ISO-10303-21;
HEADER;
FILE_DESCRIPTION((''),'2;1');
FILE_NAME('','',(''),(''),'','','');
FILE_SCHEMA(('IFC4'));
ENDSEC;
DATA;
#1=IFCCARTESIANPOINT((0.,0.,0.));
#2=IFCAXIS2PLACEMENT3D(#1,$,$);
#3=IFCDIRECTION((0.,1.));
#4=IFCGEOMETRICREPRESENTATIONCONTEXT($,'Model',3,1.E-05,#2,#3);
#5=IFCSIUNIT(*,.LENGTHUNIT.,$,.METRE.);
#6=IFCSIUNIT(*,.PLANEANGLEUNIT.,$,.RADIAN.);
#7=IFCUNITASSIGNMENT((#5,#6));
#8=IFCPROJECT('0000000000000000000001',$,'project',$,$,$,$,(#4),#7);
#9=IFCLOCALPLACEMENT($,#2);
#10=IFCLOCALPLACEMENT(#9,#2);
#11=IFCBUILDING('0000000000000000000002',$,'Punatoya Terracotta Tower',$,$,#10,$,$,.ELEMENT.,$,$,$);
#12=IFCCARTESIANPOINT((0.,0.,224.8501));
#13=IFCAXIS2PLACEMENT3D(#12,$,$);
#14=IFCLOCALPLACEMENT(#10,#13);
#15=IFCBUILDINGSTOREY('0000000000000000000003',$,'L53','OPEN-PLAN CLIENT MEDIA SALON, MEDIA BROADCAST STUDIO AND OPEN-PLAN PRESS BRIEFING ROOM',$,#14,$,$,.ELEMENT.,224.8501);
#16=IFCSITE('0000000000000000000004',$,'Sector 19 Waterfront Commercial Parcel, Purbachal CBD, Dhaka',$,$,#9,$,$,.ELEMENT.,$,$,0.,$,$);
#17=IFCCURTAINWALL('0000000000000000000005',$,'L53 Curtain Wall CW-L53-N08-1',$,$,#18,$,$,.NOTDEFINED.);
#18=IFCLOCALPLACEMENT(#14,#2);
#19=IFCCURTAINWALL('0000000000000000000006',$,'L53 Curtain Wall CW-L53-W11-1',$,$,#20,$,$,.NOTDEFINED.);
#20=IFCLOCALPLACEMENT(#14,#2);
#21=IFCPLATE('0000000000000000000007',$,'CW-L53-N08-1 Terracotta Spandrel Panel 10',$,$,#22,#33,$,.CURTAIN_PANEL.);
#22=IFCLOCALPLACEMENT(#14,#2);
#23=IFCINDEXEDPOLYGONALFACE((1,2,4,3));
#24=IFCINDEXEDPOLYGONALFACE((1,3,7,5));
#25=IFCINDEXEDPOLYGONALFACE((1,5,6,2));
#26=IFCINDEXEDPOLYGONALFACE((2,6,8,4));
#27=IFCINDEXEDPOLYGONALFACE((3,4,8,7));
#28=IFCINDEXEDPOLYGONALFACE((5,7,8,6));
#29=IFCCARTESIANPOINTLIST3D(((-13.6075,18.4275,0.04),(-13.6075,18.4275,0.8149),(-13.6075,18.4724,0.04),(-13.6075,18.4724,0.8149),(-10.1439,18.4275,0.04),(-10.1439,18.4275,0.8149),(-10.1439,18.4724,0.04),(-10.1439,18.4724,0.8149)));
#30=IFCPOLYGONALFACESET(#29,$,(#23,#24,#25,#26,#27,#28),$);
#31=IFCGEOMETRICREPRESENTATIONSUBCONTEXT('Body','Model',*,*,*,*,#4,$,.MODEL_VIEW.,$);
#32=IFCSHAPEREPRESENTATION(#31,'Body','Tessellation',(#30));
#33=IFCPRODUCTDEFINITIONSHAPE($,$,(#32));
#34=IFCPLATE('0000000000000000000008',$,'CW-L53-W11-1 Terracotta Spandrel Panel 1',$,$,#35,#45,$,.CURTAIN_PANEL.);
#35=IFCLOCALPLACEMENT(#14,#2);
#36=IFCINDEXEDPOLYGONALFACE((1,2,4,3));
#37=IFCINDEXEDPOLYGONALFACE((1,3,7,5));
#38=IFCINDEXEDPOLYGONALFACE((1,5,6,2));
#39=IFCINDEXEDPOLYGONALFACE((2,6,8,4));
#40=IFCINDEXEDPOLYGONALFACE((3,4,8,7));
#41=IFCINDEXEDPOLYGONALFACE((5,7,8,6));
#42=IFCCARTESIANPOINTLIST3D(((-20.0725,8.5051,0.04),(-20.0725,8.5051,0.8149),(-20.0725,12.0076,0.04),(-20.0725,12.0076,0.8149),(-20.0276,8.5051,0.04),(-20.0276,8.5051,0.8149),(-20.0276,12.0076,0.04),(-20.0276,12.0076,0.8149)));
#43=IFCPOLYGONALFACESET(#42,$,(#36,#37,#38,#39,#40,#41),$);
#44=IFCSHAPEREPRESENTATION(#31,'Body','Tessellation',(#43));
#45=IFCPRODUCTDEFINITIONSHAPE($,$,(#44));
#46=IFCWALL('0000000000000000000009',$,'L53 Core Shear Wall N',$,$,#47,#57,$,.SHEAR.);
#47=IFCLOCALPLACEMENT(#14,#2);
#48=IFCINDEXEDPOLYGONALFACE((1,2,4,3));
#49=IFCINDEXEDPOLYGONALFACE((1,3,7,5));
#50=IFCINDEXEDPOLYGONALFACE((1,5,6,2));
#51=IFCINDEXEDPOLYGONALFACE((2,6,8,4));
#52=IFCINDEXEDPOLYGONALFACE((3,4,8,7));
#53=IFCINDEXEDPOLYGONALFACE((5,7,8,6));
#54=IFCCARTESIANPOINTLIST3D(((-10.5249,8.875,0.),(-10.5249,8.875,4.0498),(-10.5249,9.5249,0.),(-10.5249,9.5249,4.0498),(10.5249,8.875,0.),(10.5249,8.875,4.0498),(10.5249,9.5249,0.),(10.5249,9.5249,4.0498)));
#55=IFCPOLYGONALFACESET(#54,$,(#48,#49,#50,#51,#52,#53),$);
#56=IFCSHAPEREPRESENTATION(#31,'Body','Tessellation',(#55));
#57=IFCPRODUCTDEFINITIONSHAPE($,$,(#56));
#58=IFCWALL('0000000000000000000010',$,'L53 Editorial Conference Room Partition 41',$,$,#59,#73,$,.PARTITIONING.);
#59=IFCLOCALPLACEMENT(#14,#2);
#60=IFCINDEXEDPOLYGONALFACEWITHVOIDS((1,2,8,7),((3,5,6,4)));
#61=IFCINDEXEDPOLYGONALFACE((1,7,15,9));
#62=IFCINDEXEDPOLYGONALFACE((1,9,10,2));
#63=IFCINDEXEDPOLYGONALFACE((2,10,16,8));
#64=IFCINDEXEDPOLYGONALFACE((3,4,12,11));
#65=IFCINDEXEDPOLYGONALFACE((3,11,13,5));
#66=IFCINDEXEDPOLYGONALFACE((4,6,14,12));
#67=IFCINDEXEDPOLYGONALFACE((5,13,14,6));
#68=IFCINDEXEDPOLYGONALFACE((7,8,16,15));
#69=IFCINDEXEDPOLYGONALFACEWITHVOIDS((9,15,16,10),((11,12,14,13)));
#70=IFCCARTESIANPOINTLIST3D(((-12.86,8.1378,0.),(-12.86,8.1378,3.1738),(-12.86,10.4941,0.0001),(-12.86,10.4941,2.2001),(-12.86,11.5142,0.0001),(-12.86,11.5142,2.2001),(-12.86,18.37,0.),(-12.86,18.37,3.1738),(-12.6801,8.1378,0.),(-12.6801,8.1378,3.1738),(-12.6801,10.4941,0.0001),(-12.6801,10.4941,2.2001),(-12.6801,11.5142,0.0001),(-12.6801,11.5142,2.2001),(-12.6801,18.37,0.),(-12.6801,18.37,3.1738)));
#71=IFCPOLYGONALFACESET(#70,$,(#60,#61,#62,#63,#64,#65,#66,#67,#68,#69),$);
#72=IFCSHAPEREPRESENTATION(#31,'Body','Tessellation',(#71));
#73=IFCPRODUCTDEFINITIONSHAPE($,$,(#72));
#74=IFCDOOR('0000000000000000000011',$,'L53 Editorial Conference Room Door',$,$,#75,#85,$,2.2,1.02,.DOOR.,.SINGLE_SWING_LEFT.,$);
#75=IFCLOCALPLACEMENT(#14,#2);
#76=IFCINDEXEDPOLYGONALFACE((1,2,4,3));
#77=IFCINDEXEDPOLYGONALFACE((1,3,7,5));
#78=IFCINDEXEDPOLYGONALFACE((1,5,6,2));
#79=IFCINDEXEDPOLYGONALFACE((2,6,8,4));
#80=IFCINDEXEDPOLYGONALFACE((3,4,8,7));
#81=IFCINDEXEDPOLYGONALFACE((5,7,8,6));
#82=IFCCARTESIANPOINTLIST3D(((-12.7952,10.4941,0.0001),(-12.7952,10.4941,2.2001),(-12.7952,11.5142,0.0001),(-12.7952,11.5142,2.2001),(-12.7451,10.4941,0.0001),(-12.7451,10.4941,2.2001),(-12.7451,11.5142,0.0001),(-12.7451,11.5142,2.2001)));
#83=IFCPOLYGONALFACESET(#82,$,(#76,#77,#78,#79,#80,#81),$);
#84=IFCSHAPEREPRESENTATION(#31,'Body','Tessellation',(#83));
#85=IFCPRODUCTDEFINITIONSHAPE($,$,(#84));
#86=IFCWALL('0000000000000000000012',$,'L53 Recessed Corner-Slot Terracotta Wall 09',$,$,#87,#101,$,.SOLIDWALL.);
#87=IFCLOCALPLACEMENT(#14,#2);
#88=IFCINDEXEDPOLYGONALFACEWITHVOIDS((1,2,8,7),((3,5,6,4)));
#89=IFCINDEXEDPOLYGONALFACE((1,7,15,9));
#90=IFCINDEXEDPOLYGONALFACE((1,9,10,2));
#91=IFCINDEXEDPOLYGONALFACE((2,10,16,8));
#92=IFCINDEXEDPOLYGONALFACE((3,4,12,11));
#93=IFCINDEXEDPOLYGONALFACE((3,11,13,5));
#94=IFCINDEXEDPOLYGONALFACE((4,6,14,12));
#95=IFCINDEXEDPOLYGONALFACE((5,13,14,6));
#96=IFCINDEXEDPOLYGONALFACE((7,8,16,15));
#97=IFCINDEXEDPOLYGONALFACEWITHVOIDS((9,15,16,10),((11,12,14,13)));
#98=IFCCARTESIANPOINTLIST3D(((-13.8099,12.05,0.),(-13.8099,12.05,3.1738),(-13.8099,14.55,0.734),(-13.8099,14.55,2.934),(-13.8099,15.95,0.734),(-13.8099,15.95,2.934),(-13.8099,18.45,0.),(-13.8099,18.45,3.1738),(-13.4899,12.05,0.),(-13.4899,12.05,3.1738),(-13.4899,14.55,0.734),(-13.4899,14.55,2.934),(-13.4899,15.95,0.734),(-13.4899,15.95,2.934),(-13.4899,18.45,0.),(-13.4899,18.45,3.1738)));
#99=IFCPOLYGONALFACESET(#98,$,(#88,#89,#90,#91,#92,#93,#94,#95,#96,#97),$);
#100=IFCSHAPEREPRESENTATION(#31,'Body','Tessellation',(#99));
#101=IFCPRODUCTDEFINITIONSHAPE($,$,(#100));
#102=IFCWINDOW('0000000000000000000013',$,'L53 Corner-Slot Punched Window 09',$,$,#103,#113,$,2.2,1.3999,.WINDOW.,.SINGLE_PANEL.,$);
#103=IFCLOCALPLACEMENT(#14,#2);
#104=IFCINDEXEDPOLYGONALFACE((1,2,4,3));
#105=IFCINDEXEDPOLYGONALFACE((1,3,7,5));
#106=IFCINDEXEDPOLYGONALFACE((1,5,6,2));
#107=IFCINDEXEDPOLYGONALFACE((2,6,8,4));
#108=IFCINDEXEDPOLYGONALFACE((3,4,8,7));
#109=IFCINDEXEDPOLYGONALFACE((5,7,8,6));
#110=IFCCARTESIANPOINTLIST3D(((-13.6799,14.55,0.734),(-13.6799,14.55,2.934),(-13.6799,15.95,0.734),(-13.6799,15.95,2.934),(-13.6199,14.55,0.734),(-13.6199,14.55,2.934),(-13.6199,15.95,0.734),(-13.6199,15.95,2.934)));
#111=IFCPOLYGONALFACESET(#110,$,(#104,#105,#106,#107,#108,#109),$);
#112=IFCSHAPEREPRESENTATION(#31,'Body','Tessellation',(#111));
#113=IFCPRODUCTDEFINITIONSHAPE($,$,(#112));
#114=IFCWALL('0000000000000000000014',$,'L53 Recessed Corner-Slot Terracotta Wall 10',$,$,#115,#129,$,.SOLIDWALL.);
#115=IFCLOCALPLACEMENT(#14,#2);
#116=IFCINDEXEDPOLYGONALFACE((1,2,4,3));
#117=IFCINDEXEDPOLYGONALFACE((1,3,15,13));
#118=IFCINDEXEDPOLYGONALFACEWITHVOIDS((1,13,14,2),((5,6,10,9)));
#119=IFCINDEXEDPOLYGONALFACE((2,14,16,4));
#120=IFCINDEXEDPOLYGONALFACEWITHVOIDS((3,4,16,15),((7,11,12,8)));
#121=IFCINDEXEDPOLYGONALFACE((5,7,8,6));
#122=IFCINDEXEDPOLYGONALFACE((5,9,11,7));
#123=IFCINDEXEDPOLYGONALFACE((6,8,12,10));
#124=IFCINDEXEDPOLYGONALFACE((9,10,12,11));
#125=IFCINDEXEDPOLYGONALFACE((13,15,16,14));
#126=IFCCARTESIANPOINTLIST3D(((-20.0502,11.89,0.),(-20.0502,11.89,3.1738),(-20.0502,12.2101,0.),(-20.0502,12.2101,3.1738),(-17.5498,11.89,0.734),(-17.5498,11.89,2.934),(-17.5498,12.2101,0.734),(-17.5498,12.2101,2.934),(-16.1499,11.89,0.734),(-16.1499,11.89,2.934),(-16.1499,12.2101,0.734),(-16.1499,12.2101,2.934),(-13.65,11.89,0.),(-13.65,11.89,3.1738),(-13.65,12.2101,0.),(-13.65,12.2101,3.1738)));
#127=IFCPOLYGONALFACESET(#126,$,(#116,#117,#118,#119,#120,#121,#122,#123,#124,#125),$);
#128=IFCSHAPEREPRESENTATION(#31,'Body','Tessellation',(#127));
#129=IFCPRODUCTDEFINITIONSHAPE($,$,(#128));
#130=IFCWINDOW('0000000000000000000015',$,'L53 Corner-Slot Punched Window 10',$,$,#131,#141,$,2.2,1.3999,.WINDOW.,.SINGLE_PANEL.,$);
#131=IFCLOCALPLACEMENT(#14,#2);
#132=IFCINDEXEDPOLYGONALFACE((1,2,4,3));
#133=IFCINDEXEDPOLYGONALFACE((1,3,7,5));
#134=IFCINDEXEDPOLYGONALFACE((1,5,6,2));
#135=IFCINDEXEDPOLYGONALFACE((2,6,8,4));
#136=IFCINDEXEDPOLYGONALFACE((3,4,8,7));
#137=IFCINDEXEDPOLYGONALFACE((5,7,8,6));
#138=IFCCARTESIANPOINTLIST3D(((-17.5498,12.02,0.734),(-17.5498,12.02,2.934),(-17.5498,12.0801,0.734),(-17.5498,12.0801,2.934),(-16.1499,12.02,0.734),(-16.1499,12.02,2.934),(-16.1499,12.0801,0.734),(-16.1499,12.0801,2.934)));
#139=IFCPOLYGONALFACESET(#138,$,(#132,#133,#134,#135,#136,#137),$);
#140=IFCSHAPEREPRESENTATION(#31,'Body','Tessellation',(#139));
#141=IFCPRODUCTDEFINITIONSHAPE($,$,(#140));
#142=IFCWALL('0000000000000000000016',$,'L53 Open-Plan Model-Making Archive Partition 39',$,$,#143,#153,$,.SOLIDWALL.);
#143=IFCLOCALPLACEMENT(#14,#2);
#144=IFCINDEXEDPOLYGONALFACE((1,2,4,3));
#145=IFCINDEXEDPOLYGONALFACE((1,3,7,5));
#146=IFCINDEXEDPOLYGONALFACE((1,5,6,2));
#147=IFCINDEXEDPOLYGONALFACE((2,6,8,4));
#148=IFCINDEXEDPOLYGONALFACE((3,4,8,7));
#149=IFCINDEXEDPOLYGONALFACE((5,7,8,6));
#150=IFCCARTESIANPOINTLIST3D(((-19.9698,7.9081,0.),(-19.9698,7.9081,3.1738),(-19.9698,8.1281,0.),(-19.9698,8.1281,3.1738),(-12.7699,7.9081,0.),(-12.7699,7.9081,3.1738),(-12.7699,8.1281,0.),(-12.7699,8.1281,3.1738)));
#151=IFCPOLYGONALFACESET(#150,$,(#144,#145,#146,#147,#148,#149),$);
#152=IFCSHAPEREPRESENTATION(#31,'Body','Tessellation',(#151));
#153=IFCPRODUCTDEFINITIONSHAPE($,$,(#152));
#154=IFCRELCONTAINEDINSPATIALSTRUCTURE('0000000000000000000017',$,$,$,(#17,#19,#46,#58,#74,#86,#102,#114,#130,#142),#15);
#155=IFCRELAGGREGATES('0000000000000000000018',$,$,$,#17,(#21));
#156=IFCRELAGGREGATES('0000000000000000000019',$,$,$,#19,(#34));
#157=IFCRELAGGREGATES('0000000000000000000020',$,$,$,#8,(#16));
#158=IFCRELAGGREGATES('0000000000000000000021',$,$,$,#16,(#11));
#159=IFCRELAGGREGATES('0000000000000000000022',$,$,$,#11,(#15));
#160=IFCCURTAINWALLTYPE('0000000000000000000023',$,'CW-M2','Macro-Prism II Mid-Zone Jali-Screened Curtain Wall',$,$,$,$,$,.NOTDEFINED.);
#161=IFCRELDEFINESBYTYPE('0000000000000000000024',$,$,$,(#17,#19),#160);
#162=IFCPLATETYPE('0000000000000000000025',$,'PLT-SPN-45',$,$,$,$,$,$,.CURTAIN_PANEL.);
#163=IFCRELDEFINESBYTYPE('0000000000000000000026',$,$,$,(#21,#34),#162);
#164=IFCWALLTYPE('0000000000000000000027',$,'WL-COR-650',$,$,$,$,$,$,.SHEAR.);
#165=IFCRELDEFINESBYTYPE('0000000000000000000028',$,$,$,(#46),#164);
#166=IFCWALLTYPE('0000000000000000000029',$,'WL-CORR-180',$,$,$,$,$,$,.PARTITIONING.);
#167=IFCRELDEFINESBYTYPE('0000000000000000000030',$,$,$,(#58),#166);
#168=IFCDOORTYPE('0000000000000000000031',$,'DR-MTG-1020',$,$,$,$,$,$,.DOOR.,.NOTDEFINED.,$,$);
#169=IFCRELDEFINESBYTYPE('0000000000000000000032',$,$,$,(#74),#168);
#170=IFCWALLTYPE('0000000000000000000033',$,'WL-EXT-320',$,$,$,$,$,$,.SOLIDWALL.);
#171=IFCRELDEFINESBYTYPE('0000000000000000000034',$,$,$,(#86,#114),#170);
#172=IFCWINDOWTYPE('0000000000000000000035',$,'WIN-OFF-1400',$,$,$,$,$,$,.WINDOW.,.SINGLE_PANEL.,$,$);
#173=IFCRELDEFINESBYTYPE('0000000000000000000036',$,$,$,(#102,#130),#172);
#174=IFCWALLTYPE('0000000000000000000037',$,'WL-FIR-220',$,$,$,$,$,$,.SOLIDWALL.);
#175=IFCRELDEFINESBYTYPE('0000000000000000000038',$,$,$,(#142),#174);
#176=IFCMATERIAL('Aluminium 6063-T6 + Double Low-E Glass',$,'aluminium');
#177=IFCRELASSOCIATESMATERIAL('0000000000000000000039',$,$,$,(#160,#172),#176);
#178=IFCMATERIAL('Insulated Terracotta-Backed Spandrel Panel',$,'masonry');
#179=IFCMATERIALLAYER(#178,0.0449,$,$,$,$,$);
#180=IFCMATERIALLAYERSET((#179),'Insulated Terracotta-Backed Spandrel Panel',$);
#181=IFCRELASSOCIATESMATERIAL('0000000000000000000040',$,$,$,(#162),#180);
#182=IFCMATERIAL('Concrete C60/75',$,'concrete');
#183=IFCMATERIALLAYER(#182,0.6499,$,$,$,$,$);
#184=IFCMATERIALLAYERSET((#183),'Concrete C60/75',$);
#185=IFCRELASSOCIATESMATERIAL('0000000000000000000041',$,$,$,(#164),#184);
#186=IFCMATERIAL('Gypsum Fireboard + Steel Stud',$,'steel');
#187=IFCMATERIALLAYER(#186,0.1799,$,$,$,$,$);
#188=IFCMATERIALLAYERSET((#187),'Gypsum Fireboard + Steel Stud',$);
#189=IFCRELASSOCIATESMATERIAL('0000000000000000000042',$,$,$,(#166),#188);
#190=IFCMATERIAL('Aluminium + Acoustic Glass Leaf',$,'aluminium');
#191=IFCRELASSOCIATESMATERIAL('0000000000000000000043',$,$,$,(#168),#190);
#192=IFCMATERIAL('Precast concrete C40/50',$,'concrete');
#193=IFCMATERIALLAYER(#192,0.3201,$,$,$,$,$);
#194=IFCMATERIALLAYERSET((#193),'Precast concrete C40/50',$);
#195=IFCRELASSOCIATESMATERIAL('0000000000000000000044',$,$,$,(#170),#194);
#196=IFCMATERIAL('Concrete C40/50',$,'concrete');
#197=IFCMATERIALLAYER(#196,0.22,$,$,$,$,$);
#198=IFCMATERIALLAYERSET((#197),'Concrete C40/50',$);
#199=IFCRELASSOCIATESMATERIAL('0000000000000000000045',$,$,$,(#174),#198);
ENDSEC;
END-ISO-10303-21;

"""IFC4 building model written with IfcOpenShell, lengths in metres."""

from ifc_helpers import new_model, si_unit, direction, frame, frame_2d, origin, origin_2d, place, context, subcontext, project, spatial, rectangle, extrude, material, layer, layer_set, type_object, element, fill, aggregate, save


model = new_model("IFC4")

# Units and contexts
model_context = context("Model", 3, precision=1e-05, world=origin(), true_north=direction((0.0, 1.0)))
body_context = subcontext(model_context, "Body", "Model", "MODEL_VIEW")
ifc_project = project(units=[si_unit("LENGTHUNIT", "METRE"), si_unit("PLANEANGLEUNIT", "RADIAN")], contexts=[model_context])

# Site, building, storey
site_placement = place(None, origin())
site = spatial("IfcSite", under=ifc_project, at=site_placement, Name="Sector 19 Waterfront Commercial Parcel, Purbachal CBD, Dhaka", CompositionType="ELEMENT", RefElevation=0.0)
building_placement = place(site_placement, origin())
building = spatial("IfcBuilding", under=site, at=building_placement, Name="Punatoya Terracotta Tower", CompositionType="ELEMENT")
storey_placement = place(building_placement, frame((0.0, 0.0, 224.8501)))
storey = spatial("IfcBuildingStorey", under=building, at=storey_placement, Name="L53", Description="OPEN-PLAN CLIENT MEDIA SALON, MEDIA BROADCAST STUDIO AND OPEN-PLAN PRESS BRIEFING ROOM", CompositionType="ELEMENT", Elevation=224.8501)

# Curtain wall
ifc_material_1 = material(Name="Aluminium 6063-T6 + Double Low-E Glass", Category="aluminium")
curtain_wall_type = type_object("IfcCurtainWallType", Name="CW-M2", Description="Macro-Prism II Mid-Zone Jali-Screened Curtain Wall", PredefinedType="NOTDEFINED", material=ifc_material_1)
curtain_wall_1_placement = place(storey_placement, origin())
curtain_wall_1 = element("IfcCurtainWall", 1, at=curtain_wall_1_placement, inside=storey, type_object=curtain_wall_type, Name="L53 Curtain Wall CW-L53-N08-1", PredefinedType="NOTDEFINED")

# Curtain wall
curtain_wall_2_placement = place(storey_placement, origin())
curtain_wall_2 = element("IfcCurtainWall", 2, at=curtain_wall_2_placement, inside=storey, type_object=curtain_wall_type, Name="L53 Curtain Wall CW-L53-W11-1", PredefinedType="NOTDEFINED")

# Plates
ifc_material_2 = material(Name="Insulated Terracotta-Backed Spandrel Panel", Category="masonry")
ifc_layer_1 = layer(ifc_material_2, 0.0449)
ifc_layer_set_1 = layer_set([ifc_layer_1], Name="Insulated Terracotta-Backed Spandrel Panel")
plate_type_1 = type_object("IfcPlateType", Name="PLT-SPN-45", PredefinedType="CURTAIN_PANEL", material=ifc_layer_set_1)
plate_1_placement = place(storey_placement, frame((-11.8757, 18.45, 0.04), z_axis=(0.0, 0.0, 1.0), x_axis=(-1.0, 0.0, 0.0)))
plate_1 = element("IfcPlate", 3, at=plate_1_placement, type_object=plate_type_1, Name="CW-L53-N08-1 Terracotta Spandrel Panel 10", PredefinedType="CURTAIN_PANEL", context=body_context, shape_type="SweptSolid", body=[
    extrude(rectangle(XDim=3.4636, YDim=0.0449, at=origin_2d()), origin(), (0.0, 0.0, 1.0), 0.7749),
])
aggregate(curtain_wall_1, [plate_1])
plate_2_placement = place(storey_placement, frame((-20.05, 10.2563, 0.04), z_axis=(0.0, 0.0, 1.0), x_axis=(0.0, -1.0, 0.0)))
plate_2 = element("IfcPlate", 4, at=plate_2_placement, type_object=plate_type_1, Name="CW-L53-W11-1 Terracotta Spandrel Panel 1", PredefinedType="CURTAIN_PANEL", context=body_context, shape_type="SweptSolid", body=[
    extrude(rectangle(XDim=3.5024, YDim=0.0449, at=origin_2d()), origin(), (0.0, 0.0, 1.0), 0.7749),
])
aggregate(curtain_wall_2, [plate_2])

# Wall
ifc_material_3 = material(Name="Concrete C60/75", Category="concrete")
ifc_layer_2 = layer(ifc_material_3, 0.6499)
ifc_layer_set_2 = layer_set([ifc_layer_2], Name="Concrete C60/75")
wall_type_1 = type_object("IfcWallType", Name="WL-COR-650", PredefinedType="SHEAR", material=ifc_layer_set_2)
wall_1_placement = place(storey_placement, frame((-10.5249, 9.2, 0.0), z_axis=(0.0, 0.0, 1.0), x_axis=(1.0, 0.0, 0.0)))
element("IfcWall", 5, at=wall_1_placement, inside=storey, type_object=wall_type_1, Name="L53 Core Shear Wall N", PredefinedType="SHEAR", context=body_context, shape_type="SweptSolid", body=[
    extrude(rectangle(XDim=21.0498, YDim=0.6499, at=frame_2d((10.5249, 0.0))), origin(), (0.0, 0.0, 1.0), 4.0498),
])

# Wall, opening, door
ifc_material_4 = material(Name="Gypsum Fireboard + Steel Stud", Category="steel")
ifc_layer_3 = layer(ifc_material_4, 0.1799)
ifc_layer_set_3 = layer_set([ifc_layer_3], Name="Gypsum Fireboard + Steel Stud")
wall_type_2 = type_object("IfcWallType", Name="WL-CORR-180", PredefinedType="PARTITIONING", material=ifc_layer_set_3)
wall_2_placement = place(storey_placement, frame((-12.77, 18.3701, 0.0), z_axis=(0.0, 0.0, 1.0), x_axis=(0.0, -1.0, 0.0)))
wall_2 = element("IfcWall", 6, at=wall_2_placement, inside=storey, type_object=wall_type_2, Name="L53 Editorial Conference Room Partition 41", PredefinedType="PARTITIONING", context=body_context, shape_type="SweptSolid", body=[
    extrude(rectangle(XDim=10.2322, YDim=0.1799, at=frame_2d((5.1162, 0.0))), origin(), (0.0, 0.0, 1.0), 3.1738),
])
opening_1_placement = place(wall_2_placement, frame((6.856, 0.0, 0.0)))
opening_1 = element("IfcOpeningElement", 7, at=opening_1_placement, cuts=wall_2, PredefinedType="OPENING", context=body_context, shape_type="SweptSolid", body=[
    extrude(rectangle(XDim=1.02, YDim=2.2, at=frame_2d((0.51, 1.1001))), frame((0.0, 0.0999, 0.0), z_axis=(0.0, -1.0, 0.0), x_axis=(1.0, 0.0, 0.0)), (0.0, 0.0, 1.0), 0.2),
])
ifc_material_5 = material(Name="Aluminium + Acoustic Glass Leaf", Category="aluminium")
door_type_1 = type_object("IfcDoorType", Name="DR-MTG-1020", OperationType="NOTDEFINED", PredefinedType="DOOR", material=ifc_material_5)
door_1_placement = place(opening_1_placement, origin())
door_1 = element("IfcDoor", 8, at=door_1_placement, inside=storey, type_object=door_type_1, Name="L53 Editorial Conference Room Door", OperationType="SINGLE_SWING_LEFT", OverallHeight=2.2, OverallWidth=1.02, PredefinedType="DOOR", context=body_context, shape_type="SweptSolid", body=[
    extrude(rectangle(XDim=1.02, YDim=2.2, at=frame_2d((0.51, 1.1001))), frame((0.0, 0.0249, 0.0), z_axis=(0.0, -1.0, 0.0), x_axis=(1.0, 0.0, 0.0)), (0.0, 0.0, 1.0), 0.05),
])
fill(opening_1, door_1)

# Walls, openings, windows
ifc_material_6 = material(Name="Precast concrete C40/50", Category="concrete")
ifc_layer_4 = layer(ifc_material_6, 0.3201)
ifc_layer_set_4 = layer_set([ifc_layer_4], Name="Precast concrete C40/50")
wall_type_3 = type_object("IfcWallType", Name="WL-EXT-320", PredefinedType="SOLIDWALL", material=ifc_layer_set_4)
wall_3_placement = place(storey_placement, frame((-13.6499, 18.45, 0.0), z_axis=(0.0, 0.0, 1.0), x_axis=(0.0, -1.0, 0.0)))
wall_3 = element("IfcWall", 9, at=wall_3_placement, inside=storey, type_object=wall_type_3, Name="L53 Recessed Corner-Slot Terracotta Wall 09", PredefinedType="SOLIDWALL", context=body_context, shape_type="SweptSolid", body=[
    extrude(rectangle(XDim=6.3999, YDim=0.3201, at=frame_2d((3.2, 0.0))), origin(), (0.0, 0.0, 1.0), 3.1738),
])
opening_2_placement = place(wall_3_placement, frame((2.5, 0.0, 0.7339)))
opening_2 = element("IfcOpeningElement", 10, at=opening_2_placement, cuts=wall_3, PredefinedType="OPENING", context=body_context, shape_type="SweptSolid", body=[
    extrude(rectangle(XDim=1.3999, YDim=2.2, at=frame_2d((0.7, 1.1001))), frame((0.0, 0.1699, 0.0), z_axis=(0.0, -1.0, 0.0), x_axis=(1.0, 0.0, 0.0)), (0.0, 0.0, 1.0), 0.3401),
])
window_type = type_object("IfcWindowType", Name="WIN-OFF-1400", PartitioningType="SINGLE_PANEL", PredefinedType="WINDOW", material=ifc_material_1)
window_1_placement = place(opening_2_placement, origin())
window_1 = element("IfcWindow", 11, at=window_1_placement, inside=storey, type_object=window_type, Name="L53 Corner-Slot Punched Window 09", OverallHeight=2.2, OverallWidth=1.3999, PartitioningType="SINGLE_PANEL", PredefinedType="WINDOW", context=body_context, shape_type="SweptSolid", body=[
    extrude(rectangle(XDim=1.3999, YDim=2.2, at=frame_2d((0.7, 1.1001))), frame((0.0, 0.03, 0.0), z_axis=(0.0, -1.0, 0.0), x_axis=(1.0, 0.0, 0.0)), (0.0, 0.0, 1.0), 0.0601),
])
fill(opening_2, window_1)
wall_4_placement = place(storey_placement, frame((-13.6499, 12.05, 0.0), z_axis=(0.0, 0.0, 1.0), x_axis=(-1.0, 0.0, 0.0)))
wall_4 = element("IfcWall", 12, at=wall_4_placement, inside=storey, type_object=wall_type_3, Name="L53 Recessed Corner-Slot Terracotta Wall 10", PredefinedType="SOLIDWALL", context=body_context, shape_type="SweptSolid", body=[
    extrude(rectangle(XDim=6.4001, YDim=0.3201, at=frame_2d((3.2002, 0.0))), origin(), (0.0, 0.0, 1.0), 3.1738),
])
opening_3_placement = place(wall_4_placement, frame((2.5, 0.0, 0.7339)))
opening_3 = element("IfcOpeningElement", 13, at=opening_3_placement, cuts=wall_4, PredefinedType="OPENING", context=body_context, shape_type="SweptSolid", body=[
    extrude(rectangle(XDim=1.3999, YDim=2.2, at=frame_2d((0.7, 1.1001))), frame((0.0, 0.1699, 0.0), z_axis=(0.0, -1.0, 0.0), x_axis=(1.0, 0.0, 0.0)), (0.0, 0.0, 1.0), 0.3401),
])
window_2_placement = place(opening_3_placement, origin())
window_2 = element("IfcWindow", 14, at=window_2_placement, inside=storey, type_object=window_type, Name="L53 Corner-Slot Punched Window 10", OverallHeight=2.2, OverallWidth=1.3999, PartitioningType="SINGLE_PANEL", PredefinedType="WINDOW", context=body_context, shape_type="SweptSolid", body=[
    extrude(rectangle(XDim=1.3999, YDim=2.2, at=frame_2d((0.7, 1.1001))), frame((0.0, 0.03, 0.0), z_axis=(0.0, -1.0, 0.0), x_axis=(1.0, 0.0, 0.0)), (0.0, 0.0, 1.0), 0.0601),
])
fill(opening_3, window_2)

# Wall
ifc_material_7 = material(Name="Concrete C40/50", Category="concrete")
ifc_layer_5 = layer(ifc_material_7, 0.22)
ifc_layer_set_5 = layer_set([ifc_layer_5], Name="Concrete C40/50")
wall_type_4 = type_object("IfcWallType", Name="WL-FIR-220", PredefinedType="SOLIDWALL", material=ifc_layer_set_5)
wall_5_placement = place(storey_placement, frame((-19.97, 8.0181, 0.0), z_axis=(0.0, 0.0, 1.0), x_axis=(1.0, 0.0, 0.0)))
element("IfcWall", 15, at=wall_5_placement, inside=storey, type_object=wall_type_4, Name="L53 Open-Plan Model-Making Archive Partition 39", PredefinedType="SOLIDWALL", context=body_context, shape_type="SweptSolid", body=[
    extrude(rectangle(XDim=7.2, YDim=0.22, at=frame_2d((3.6001, 0.0))), origin(), (0.0, 0.0, 1.0), 3.1738),
])

save(model, "model.ifc")
